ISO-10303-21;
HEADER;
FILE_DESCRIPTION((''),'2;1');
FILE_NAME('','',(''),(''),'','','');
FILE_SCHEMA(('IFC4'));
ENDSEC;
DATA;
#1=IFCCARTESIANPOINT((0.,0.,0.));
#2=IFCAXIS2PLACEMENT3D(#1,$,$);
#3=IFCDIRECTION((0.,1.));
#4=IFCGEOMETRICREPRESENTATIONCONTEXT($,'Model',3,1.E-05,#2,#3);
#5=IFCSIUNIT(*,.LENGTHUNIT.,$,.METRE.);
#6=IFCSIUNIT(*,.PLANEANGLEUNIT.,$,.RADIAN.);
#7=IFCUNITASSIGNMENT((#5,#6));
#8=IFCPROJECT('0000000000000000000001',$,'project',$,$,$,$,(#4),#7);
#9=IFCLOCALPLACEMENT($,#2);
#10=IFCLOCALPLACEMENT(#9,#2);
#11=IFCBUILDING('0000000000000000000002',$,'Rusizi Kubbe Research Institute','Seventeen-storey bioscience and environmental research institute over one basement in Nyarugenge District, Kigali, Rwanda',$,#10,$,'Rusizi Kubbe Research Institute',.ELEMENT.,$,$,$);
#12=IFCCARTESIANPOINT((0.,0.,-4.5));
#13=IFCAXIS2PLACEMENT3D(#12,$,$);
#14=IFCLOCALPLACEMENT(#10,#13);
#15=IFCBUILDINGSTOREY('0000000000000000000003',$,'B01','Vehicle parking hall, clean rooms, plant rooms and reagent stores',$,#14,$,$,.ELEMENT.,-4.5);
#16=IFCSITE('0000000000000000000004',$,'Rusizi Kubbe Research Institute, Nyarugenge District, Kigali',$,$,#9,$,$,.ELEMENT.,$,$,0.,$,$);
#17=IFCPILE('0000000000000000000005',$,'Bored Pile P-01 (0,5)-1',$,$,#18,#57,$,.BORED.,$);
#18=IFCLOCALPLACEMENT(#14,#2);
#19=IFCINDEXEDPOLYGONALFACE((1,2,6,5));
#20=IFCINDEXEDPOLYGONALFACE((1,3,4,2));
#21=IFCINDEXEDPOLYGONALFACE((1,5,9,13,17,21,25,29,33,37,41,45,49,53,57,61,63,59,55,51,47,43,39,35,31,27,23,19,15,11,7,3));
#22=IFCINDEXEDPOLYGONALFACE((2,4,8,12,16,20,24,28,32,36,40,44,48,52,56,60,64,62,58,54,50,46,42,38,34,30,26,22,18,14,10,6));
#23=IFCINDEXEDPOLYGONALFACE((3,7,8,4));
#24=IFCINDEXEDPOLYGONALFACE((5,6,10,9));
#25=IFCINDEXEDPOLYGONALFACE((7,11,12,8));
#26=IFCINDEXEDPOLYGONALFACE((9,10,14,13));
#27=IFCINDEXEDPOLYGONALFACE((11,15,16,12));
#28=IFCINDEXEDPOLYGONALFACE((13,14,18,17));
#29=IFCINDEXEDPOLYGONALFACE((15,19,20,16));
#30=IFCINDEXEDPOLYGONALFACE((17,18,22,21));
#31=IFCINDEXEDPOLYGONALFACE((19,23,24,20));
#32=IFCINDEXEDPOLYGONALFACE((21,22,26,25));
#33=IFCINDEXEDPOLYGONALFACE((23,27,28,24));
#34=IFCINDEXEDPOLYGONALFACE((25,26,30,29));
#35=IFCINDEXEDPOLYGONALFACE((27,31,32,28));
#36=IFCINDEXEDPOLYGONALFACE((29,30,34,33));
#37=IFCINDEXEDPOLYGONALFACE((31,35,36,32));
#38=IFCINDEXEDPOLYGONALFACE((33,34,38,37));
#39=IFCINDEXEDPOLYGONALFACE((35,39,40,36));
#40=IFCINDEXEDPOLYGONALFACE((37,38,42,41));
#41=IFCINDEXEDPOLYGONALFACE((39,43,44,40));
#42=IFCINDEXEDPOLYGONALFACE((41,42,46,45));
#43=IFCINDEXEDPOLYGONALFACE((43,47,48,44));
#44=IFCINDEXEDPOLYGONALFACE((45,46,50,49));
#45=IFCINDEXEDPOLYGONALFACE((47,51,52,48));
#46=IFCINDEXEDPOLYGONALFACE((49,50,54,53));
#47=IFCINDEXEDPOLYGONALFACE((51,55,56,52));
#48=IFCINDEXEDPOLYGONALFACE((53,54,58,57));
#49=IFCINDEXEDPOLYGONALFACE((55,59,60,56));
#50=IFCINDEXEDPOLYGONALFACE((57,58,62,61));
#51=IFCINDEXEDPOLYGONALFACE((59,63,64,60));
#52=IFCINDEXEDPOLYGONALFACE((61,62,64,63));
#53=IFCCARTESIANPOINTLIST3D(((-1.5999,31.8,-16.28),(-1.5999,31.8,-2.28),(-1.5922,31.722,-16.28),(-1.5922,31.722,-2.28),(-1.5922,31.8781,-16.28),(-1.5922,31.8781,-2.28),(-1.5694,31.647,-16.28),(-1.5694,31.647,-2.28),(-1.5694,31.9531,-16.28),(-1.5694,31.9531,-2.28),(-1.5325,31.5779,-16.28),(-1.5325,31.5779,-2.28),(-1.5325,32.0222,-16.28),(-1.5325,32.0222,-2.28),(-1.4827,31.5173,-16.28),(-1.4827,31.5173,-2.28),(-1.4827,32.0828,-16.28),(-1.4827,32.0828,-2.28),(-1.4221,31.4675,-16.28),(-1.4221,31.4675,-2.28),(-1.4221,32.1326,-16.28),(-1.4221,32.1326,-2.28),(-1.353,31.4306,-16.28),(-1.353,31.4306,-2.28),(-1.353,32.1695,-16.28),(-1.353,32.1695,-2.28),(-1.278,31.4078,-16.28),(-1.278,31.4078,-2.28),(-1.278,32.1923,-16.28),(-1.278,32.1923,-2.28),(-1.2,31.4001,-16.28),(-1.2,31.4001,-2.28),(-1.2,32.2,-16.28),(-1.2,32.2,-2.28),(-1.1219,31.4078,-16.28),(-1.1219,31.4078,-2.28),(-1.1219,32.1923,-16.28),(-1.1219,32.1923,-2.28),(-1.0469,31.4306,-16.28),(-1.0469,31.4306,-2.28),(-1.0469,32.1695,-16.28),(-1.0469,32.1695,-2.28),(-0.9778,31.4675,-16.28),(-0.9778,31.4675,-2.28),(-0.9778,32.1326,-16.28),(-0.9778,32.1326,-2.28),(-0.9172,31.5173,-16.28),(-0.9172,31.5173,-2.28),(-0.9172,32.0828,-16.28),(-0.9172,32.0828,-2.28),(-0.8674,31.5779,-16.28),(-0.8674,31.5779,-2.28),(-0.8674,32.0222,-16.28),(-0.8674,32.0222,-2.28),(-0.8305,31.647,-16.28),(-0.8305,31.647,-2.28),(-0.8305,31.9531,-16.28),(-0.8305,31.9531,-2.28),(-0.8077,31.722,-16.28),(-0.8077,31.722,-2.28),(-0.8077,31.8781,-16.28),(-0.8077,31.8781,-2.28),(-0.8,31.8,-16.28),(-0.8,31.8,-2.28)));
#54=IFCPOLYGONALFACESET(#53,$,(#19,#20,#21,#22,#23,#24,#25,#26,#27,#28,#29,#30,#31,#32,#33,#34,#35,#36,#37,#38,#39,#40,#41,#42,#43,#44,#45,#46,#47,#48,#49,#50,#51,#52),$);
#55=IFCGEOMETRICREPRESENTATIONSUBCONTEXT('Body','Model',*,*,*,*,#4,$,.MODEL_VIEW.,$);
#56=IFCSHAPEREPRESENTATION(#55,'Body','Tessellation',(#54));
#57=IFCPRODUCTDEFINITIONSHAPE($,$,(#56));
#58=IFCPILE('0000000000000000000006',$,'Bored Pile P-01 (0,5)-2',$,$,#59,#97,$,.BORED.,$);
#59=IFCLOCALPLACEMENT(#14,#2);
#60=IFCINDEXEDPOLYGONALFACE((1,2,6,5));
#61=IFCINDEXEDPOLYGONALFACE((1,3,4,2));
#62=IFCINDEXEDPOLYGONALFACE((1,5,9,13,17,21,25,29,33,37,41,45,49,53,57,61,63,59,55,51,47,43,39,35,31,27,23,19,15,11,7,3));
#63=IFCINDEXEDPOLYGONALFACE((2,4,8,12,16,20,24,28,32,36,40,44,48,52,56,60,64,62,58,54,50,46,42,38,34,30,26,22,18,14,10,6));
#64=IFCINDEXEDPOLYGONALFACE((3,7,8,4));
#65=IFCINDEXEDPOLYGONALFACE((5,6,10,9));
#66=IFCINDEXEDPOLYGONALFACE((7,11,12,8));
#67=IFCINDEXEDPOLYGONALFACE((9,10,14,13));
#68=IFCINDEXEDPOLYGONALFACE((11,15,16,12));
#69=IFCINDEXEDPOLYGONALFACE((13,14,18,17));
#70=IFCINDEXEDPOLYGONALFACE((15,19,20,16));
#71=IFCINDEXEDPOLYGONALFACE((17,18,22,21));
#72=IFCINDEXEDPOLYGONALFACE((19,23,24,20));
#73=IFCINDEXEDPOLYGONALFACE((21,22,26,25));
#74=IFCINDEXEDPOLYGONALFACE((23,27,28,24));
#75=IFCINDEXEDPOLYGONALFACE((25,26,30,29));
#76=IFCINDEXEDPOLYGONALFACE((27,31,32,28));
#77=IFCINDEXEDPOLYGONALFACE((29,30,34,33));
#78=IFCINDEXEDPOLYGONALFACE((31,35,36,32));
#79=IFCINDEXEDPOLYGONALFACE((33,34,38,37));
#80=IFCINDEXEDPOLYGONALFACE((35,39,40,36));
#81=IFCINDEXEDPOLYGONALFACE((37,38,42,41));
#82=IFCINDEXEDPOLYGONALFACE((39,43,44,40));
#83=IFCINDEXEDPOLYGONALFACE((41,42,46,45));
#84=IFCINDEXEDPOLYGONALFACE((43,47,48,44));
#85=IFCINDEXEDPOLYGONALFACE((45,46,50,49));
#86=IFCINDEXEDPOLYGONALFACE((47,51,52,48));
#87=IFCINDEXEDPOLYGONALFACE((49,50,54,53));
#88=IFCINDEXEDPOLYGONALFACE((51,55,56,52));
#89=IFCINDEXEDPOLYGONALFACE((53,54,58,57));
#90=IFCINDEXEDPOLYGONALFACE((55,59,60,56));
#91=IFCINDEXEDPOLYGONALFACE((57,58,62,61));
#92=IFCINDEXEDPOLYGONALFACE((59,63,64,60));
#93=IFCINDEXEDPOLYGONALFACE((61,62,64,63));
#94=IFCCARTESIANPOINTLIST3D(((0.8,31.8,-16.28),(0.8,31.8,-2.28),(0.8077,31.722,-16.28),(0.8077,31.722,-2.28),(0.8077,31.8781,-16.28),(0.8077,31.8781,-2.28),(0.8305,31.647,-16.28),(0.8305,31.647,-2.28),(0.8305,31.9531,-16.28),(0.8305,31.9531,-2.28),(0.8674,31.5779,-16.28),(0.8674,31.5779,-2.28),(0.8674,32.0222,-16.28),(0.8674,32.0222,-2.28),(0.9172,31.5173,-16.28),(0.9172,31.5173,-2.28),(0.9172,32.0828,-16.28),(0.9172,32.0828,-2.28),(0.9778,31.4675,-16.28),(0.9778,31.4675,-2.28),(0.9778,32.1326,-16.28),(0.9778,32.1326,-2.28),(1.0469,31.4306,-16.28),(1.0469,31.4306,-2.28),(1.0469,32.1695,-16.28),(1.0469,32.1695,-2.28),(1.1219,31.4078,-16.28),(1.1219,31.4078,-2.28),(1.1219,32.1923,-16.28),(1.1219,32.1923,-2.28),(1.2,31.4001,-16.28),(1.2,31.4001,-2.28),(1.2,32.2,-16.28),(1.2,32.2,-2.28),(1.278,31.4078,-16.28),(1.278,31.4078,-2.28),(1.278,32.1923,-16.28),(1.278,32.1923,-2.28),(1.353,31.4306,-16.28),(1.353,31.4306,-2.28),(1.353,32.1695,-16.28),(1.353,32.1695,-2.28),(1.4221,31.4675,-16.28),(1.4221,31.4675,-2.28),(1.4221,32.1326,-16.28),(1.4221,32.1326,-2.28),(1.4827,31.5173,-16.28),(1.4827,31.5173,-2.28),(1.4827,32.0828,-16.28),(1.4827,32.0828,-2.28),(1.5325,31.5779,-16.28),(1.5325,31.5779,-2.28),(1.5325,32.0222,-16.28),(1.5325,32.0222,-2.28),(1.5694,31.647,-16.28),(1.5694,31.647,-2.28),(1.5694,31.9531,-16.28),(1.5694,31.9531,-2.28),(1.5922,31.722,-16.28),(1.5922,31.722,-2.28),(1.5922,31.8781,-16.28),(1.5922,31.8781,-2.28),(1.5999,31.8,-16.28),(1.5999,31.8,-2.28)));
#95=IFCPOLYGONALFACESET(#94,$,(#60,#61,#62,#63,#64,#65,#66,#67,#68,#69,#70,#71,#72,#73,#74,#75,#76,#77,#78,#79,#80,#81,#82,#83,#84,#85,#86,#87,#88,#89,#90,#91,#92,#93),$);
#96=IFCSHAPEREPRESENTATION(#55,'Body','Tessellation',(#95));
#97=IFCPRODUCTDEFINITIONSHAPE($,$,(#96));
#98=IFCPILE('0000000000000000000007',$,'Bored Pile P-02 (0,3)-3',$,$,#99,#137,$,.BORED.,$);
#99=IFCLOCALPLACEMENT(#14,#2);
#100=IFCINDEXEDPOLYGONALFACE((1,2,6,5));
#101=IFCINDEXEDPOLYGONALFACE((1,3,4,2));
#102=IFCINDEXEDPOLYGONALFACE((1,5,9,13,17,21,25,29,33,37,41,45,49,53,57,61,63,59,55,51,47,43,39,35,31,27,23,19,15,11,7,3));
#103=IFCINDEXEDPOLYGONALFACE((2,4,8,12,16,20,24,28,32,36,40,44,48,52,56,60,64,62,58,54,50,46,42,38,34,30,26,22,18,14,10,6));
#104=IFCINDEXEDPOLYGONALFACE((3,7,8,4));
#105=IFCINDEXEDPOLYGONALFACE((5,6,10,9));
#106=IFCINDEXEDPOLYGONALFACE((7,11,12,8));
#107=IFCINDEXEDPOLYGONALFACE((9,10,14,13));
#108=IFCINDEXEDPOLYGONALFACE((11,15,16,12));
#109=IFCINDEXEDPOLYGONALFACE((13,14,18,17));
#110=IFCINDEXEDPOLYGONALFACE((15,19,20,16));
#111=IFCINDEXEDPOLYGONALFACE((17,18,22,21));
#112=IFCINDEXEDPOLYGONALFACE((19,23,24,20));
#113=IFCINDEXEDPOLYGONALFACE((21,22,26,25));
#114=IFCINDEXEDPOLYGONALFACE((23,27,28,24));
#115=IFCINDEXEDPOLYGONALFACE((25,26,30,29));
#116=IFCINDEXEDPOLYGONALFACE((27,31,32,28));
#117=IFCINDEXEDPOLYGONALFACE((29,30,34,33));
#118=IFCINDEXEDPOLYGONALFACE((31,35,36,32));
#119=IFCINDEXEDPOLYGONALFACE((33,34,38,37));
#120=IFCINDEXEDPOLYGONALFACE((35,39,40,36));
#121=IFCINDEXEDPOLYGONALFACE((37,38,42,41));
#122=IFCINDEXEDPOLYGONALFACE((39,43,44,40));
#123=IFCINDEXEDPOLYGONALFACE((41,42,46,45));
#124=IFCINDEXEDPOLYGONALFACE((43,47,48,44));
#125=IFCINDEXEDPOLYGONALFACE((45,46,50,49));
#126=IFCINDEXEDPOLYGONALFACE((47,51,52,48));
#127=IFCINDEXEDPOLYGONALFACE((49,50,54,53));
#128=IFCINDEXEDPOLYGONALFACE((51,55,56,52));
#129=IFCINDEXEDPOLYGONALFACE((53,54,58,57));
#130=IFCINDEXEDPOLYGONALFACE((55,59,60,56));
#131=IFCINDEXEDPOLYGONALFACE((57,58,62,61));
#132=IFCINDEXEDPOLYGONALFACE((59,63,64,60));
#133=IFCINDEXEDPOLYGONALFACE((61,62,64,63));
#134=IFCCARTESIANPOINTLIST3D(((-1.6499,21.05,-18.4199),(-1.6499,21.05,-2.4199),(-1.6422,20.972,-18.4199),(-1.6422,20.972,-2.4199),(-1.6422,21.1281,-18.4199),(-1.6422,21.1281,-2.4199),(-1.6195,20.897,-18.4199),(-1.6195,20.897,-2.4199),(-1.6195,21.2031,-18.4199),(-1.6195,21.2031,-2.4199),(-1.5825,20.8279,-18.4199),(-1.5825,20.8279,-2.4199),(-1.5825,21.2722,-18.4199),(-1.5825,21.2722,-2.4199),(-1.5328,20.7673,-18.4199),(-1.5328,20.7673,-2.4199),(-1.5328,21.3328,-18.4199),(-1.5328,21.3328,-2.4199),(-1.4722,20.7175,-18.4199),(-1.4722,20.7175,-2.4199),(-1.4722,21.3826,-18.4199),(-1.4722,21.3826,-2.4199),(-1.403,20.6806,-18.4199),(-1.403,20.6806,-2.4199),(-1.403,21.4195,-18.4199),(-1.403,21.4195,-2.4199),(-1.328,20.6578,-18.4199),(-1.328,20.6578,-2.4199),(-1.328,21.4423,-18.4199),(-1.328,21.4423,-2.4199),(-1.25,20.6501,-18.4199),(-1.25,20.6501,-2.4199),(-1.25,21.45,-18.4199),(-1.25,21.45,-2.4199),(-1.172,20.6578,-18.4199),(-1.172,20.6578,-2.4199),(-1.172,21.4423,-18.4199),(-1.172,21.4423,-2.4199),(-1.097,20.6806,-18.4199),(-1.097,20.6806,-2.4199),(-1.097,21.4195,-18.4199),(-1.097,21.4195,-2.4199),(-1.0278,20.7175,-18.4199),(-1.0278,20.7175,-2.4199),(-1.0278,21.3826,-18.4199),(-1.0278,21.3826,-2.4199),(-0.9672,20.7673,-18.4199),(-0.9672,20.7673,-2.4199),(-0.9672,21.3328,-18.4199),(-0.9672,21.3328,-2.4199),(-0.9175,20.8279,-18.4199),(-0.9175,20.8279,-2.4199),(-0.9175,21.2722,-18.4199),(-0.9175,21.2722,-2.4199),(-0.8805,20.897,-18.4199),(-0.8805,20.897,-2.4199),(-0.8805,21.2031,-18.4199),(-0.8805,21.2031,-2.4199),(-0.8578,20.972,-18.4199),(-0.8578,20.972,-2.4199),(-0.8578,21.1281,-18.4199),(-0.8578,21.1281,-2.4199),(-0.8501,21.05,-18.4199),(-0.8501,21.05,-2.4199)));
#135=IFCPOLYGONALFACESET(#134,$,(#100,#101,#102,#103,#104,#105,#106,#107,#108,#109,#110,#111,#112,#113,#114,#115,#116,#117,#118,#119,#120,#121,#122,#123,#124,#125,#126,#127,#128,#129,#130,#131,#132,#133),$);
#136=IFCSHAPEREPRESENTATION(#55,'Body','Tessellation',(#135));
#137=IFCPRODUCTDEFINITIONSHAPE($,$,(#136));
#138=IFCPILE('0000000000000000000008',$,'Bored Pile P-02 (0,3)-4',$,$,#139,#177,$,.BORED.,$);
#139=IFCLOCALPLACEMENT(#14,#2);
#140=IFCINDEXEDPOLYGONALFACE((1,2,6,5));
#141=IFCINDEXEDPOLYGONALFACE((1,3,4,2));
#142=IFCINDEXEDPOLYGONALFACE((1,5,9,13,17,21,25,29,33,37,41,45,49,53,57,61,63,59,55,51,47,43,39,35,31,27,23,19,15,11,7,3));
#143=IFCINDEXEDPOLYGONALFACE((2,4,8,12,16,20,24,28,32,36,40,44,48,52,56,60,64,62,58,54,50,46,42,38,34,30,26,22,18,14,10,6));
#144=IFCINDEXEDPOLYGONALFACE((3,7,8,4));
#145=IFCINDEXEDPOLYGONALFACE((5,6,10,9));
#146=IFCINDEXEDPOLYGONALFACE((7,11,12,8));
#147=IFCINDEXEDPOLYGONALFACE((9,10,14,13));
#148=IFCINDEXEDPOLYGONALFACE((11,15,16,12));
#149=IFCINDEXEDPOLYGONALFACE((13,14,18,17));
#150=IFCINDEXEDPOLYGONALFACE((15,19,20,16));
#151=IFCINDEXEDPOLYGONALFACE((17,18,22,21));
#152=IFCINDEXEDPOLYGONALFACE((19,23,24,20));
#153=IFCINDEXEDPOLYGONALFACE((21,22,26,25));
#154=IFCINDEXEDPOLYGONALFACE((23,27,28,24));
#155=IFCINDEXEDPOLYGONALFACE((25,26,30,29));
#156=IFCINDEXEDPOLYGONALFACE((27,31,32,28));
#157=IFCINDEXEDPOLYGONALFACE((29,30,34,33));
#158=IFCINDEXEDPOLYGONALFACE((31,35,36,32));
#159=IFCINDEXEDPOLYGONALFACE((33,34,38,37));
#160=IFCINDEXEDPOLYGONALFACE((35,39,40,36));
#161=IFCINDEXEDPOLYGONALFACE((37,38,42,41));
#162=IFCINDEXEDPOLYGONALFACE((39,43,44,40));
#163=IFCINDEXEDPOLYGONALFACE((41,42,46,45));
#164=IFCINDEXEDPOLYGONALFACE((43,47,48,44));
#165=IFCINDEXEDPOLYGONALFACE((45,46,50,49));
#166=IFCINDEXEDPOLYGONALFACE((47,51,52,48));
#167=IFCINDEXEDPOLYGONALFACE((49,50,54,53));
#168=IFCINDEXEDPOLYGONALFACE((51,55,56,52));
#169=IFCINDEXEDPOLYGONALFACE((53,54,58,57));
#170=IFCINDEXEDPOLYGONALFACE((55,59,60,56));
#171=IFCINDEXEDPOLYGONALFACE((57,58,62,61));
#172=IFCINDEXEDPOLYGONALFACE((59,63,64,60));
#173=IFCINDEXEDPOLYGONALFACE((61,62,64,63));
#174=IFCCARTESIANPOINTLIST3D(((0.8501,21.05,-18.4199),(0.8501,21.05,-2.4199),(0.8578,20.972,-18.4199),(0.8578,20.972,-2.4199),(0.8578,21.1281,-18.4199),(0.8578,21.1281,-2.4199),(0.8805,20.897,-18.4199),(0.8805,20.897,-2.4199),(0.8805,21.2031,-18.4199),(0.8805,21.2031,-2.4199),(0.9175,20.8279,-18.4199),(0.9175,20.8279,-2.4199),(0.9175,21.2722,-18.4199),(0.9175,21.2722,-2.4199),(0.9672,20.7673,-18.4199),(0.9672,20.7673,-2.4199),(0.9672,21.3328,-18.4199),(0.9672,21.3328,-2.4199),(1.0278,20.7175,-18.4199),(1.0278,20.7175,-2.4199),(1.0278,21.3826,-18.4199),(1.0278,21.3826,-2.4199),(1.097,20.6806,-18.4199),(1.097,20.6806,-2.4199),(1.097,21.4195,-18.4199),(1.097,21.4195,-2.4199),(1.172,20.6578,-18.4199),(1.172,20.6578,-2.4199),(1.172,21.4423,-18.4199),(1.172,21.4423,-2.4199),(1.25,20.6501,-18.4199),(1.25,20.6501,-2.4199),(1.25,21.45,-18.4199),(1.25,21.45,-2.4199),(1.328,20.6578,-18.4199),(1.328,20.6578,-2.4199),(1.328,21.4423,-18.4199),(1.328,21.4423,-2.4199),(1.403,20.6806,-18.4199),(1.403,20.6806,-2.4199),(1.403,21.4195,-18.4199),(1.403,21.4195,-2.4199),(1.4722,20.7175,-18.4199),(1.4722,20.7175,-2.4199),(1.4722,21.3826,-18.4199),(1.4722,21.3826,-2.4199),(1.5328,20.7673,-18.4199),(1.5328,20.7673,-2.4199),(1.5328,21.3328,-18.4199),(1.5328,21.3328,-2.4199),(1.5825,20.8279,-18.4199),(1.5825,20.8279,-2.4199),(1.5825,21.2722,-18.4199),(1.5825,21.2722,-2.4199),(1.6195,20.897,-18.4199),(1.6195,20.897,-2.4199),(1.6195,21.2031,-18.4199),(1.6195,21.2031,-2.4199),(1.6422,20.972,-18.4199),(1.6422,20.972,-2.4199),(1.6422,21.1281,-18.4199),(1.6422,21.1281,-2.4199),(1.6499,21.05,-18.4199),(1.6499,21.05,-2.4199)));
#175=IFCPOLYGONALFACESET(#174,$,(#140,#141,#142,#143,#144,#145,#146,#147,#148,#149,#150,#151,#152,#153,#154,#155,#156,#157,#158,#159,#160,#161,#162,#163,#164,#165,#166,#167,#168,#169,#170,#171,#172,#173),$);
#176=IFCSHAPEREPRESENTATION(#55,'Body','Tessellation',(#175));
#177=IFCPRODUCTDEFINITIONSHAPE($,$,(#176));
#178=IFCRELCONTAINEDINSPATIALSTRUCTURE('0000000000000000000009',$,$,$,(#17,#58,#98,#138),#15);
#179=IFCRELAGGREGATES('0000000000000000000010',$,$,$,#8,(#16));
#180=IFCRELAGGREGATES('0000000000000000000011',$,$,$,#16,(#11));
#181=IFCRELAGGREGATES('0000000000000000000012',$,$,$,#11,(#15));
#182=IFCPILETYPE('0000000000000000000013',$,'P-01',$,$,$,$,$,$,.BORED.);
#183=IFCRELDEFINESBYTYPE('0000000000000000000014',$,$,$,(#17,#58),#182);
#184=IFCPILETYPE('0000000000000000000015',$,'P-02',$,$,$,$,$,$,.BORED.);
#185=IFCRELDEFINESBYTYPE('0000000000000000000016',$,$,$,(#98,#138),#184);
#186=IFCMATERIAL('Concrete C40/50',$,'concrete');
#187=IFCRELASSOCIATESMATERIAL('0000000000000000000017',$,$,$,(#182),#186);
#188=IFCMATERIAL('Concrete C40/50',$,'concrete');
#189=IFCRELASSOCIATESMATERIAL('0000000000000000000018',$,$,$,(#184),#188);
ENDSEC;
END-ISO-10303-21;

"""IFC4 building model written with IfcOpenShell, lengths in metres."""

from ifc_helpers import new_model, si_unit, direction, frame, origin, origin_2d, place, context, subcontext, project, spatial, circle, extrude, material, material_profile, profile_set, type_object, element, save


model = new_model("IFC4")

# Units and contexts
model_context = context("Model", 3, precision=1e-05, world=origin(), true_north=direction((0.0, 1.0)))
body_context = subcontext(model_context, "Body", "Model", "MODEL_VIEW")
ifc_project = project(units=[si_unit("LENGTHUNIT", "METRE"), si_unit("PLANEANGLEUNIT", "RADIAN")], contexts=[model_context])

# Site, building, storey
site_placement = place(None, origin())
site = spatial("IfcSite", under=ifc_project, at=site_placement, Name="Rusizi Kubbe Research Institute, Nyarugenge District, Kigali", CompositionType="ELEMENT", RefElevation=0.0)
building_placement = place(site_placement, origin())
building = spatial("IfcBuilding", under=site, at=building_placement, Name="Rusizi Kubbe Research Institute", Description="Seventeen-storey bioscience and environmental research institute over one basement in Nyarugenge District, Kigali, Rwanda", LongName="Rusizi Kubbe Research Institute", CompositionType="ELEMENT")
storey_placement = place(building_placement, frame((0.0, 0.0, -4.5)))
storey = spatial("IfcBuildingStorey", under=building, at=storey_placement, Name="B01", Description="Vehicle parking hall, clean rooms, plant rooms and reagent stores", CompositionType="ELEMENT", Elevation=-4.5)

# Piles
ifc_material_1 = material(Name="Concrete C40/50", Category="concrete")
ifc_material_profile_1 = material_profile(ifc_material_1, circle(Radius=0.3999, at=origin_2d()), Name="PILE-D800")
ifc_profile_set_1 = profile_set([ifc_material_profile_1], Name="Concrete C40/50")
pile_type_1 = type_object("IfcPileType", Name="P-01", PredefinedType="BORED", material=ifc_profile_set_1)
for number, where, z_axis, x_axis, name in (
    (1, (-1.2, 31.8, -2.28), (0.0, 0.0, -1.0), (1.0, 0.0, 0.0), "Bored Pile P-01 (0,5)-1"),
    (2, (1.2, 31.8, -2.28), (0.0, 0.0, -1.0), (1.0, 0.0, 0.0), "Bored Pile P-01 (0,5)-2"),
):
    element("IfcPile", number, at=place(storey_placement, frame(where, z_axis=z_axis, x_axis=x_axis)), inside=storey, type_object=pile_type_1, Name=name, PredefinedType="BORED", context=body_context, shape_type="SweptSolid", body=[
        extrude(circle(Radius=0.3999, at=origin_2d()), origin(), (0.0, 0.0, 1.0), 14.0),
    ])
ifc_material_2 = material(Name="Concrete C40/50", Category="concrete")
ifc_material_profile_2 = material_profile(ifc_material_2, circle(Radius=0.3999, at=origin_2d()), Name="PILE-D800")
ifc_profile_set_2 = profile_set([ifc_material_profile_2], Name="Concrete C40/50")
pile_type_2 = type_object("IfcPileType", Name="P-02", PredefinedType="BORED", material=ifc_profile_set_2)
for number, where, z_axis, x_axis, name in (
    (3, (-1.25, 21.05, -2.4199), (0.0, 0.0, -1.0), (1.0, 0.0, 0.0), "Bored Pile P-02 (0,3)-3"),
    (4, (1.25, 21.05, -2.4199), (0.0, 0.0, -1.0), (1.0, 0.0, 0.0), "Bored Pile P-02 (0,3)-4"),
):
    element("IfcPile", number, at=place(storey_placement, frame(where, z_axis=z_axis, x_axis=x_axis)), inside=storey, type_object=pile_type_2, Name=name, PredefinedType="BORED", context=body_context, shape_type="SweptSolid", body=[
        extrude(circle(Radius=0.3999, at=origin_2d()), origin(), (0.0, 0.0, 1.0), 16.0),
    ])

save(model, "model.ifc")
